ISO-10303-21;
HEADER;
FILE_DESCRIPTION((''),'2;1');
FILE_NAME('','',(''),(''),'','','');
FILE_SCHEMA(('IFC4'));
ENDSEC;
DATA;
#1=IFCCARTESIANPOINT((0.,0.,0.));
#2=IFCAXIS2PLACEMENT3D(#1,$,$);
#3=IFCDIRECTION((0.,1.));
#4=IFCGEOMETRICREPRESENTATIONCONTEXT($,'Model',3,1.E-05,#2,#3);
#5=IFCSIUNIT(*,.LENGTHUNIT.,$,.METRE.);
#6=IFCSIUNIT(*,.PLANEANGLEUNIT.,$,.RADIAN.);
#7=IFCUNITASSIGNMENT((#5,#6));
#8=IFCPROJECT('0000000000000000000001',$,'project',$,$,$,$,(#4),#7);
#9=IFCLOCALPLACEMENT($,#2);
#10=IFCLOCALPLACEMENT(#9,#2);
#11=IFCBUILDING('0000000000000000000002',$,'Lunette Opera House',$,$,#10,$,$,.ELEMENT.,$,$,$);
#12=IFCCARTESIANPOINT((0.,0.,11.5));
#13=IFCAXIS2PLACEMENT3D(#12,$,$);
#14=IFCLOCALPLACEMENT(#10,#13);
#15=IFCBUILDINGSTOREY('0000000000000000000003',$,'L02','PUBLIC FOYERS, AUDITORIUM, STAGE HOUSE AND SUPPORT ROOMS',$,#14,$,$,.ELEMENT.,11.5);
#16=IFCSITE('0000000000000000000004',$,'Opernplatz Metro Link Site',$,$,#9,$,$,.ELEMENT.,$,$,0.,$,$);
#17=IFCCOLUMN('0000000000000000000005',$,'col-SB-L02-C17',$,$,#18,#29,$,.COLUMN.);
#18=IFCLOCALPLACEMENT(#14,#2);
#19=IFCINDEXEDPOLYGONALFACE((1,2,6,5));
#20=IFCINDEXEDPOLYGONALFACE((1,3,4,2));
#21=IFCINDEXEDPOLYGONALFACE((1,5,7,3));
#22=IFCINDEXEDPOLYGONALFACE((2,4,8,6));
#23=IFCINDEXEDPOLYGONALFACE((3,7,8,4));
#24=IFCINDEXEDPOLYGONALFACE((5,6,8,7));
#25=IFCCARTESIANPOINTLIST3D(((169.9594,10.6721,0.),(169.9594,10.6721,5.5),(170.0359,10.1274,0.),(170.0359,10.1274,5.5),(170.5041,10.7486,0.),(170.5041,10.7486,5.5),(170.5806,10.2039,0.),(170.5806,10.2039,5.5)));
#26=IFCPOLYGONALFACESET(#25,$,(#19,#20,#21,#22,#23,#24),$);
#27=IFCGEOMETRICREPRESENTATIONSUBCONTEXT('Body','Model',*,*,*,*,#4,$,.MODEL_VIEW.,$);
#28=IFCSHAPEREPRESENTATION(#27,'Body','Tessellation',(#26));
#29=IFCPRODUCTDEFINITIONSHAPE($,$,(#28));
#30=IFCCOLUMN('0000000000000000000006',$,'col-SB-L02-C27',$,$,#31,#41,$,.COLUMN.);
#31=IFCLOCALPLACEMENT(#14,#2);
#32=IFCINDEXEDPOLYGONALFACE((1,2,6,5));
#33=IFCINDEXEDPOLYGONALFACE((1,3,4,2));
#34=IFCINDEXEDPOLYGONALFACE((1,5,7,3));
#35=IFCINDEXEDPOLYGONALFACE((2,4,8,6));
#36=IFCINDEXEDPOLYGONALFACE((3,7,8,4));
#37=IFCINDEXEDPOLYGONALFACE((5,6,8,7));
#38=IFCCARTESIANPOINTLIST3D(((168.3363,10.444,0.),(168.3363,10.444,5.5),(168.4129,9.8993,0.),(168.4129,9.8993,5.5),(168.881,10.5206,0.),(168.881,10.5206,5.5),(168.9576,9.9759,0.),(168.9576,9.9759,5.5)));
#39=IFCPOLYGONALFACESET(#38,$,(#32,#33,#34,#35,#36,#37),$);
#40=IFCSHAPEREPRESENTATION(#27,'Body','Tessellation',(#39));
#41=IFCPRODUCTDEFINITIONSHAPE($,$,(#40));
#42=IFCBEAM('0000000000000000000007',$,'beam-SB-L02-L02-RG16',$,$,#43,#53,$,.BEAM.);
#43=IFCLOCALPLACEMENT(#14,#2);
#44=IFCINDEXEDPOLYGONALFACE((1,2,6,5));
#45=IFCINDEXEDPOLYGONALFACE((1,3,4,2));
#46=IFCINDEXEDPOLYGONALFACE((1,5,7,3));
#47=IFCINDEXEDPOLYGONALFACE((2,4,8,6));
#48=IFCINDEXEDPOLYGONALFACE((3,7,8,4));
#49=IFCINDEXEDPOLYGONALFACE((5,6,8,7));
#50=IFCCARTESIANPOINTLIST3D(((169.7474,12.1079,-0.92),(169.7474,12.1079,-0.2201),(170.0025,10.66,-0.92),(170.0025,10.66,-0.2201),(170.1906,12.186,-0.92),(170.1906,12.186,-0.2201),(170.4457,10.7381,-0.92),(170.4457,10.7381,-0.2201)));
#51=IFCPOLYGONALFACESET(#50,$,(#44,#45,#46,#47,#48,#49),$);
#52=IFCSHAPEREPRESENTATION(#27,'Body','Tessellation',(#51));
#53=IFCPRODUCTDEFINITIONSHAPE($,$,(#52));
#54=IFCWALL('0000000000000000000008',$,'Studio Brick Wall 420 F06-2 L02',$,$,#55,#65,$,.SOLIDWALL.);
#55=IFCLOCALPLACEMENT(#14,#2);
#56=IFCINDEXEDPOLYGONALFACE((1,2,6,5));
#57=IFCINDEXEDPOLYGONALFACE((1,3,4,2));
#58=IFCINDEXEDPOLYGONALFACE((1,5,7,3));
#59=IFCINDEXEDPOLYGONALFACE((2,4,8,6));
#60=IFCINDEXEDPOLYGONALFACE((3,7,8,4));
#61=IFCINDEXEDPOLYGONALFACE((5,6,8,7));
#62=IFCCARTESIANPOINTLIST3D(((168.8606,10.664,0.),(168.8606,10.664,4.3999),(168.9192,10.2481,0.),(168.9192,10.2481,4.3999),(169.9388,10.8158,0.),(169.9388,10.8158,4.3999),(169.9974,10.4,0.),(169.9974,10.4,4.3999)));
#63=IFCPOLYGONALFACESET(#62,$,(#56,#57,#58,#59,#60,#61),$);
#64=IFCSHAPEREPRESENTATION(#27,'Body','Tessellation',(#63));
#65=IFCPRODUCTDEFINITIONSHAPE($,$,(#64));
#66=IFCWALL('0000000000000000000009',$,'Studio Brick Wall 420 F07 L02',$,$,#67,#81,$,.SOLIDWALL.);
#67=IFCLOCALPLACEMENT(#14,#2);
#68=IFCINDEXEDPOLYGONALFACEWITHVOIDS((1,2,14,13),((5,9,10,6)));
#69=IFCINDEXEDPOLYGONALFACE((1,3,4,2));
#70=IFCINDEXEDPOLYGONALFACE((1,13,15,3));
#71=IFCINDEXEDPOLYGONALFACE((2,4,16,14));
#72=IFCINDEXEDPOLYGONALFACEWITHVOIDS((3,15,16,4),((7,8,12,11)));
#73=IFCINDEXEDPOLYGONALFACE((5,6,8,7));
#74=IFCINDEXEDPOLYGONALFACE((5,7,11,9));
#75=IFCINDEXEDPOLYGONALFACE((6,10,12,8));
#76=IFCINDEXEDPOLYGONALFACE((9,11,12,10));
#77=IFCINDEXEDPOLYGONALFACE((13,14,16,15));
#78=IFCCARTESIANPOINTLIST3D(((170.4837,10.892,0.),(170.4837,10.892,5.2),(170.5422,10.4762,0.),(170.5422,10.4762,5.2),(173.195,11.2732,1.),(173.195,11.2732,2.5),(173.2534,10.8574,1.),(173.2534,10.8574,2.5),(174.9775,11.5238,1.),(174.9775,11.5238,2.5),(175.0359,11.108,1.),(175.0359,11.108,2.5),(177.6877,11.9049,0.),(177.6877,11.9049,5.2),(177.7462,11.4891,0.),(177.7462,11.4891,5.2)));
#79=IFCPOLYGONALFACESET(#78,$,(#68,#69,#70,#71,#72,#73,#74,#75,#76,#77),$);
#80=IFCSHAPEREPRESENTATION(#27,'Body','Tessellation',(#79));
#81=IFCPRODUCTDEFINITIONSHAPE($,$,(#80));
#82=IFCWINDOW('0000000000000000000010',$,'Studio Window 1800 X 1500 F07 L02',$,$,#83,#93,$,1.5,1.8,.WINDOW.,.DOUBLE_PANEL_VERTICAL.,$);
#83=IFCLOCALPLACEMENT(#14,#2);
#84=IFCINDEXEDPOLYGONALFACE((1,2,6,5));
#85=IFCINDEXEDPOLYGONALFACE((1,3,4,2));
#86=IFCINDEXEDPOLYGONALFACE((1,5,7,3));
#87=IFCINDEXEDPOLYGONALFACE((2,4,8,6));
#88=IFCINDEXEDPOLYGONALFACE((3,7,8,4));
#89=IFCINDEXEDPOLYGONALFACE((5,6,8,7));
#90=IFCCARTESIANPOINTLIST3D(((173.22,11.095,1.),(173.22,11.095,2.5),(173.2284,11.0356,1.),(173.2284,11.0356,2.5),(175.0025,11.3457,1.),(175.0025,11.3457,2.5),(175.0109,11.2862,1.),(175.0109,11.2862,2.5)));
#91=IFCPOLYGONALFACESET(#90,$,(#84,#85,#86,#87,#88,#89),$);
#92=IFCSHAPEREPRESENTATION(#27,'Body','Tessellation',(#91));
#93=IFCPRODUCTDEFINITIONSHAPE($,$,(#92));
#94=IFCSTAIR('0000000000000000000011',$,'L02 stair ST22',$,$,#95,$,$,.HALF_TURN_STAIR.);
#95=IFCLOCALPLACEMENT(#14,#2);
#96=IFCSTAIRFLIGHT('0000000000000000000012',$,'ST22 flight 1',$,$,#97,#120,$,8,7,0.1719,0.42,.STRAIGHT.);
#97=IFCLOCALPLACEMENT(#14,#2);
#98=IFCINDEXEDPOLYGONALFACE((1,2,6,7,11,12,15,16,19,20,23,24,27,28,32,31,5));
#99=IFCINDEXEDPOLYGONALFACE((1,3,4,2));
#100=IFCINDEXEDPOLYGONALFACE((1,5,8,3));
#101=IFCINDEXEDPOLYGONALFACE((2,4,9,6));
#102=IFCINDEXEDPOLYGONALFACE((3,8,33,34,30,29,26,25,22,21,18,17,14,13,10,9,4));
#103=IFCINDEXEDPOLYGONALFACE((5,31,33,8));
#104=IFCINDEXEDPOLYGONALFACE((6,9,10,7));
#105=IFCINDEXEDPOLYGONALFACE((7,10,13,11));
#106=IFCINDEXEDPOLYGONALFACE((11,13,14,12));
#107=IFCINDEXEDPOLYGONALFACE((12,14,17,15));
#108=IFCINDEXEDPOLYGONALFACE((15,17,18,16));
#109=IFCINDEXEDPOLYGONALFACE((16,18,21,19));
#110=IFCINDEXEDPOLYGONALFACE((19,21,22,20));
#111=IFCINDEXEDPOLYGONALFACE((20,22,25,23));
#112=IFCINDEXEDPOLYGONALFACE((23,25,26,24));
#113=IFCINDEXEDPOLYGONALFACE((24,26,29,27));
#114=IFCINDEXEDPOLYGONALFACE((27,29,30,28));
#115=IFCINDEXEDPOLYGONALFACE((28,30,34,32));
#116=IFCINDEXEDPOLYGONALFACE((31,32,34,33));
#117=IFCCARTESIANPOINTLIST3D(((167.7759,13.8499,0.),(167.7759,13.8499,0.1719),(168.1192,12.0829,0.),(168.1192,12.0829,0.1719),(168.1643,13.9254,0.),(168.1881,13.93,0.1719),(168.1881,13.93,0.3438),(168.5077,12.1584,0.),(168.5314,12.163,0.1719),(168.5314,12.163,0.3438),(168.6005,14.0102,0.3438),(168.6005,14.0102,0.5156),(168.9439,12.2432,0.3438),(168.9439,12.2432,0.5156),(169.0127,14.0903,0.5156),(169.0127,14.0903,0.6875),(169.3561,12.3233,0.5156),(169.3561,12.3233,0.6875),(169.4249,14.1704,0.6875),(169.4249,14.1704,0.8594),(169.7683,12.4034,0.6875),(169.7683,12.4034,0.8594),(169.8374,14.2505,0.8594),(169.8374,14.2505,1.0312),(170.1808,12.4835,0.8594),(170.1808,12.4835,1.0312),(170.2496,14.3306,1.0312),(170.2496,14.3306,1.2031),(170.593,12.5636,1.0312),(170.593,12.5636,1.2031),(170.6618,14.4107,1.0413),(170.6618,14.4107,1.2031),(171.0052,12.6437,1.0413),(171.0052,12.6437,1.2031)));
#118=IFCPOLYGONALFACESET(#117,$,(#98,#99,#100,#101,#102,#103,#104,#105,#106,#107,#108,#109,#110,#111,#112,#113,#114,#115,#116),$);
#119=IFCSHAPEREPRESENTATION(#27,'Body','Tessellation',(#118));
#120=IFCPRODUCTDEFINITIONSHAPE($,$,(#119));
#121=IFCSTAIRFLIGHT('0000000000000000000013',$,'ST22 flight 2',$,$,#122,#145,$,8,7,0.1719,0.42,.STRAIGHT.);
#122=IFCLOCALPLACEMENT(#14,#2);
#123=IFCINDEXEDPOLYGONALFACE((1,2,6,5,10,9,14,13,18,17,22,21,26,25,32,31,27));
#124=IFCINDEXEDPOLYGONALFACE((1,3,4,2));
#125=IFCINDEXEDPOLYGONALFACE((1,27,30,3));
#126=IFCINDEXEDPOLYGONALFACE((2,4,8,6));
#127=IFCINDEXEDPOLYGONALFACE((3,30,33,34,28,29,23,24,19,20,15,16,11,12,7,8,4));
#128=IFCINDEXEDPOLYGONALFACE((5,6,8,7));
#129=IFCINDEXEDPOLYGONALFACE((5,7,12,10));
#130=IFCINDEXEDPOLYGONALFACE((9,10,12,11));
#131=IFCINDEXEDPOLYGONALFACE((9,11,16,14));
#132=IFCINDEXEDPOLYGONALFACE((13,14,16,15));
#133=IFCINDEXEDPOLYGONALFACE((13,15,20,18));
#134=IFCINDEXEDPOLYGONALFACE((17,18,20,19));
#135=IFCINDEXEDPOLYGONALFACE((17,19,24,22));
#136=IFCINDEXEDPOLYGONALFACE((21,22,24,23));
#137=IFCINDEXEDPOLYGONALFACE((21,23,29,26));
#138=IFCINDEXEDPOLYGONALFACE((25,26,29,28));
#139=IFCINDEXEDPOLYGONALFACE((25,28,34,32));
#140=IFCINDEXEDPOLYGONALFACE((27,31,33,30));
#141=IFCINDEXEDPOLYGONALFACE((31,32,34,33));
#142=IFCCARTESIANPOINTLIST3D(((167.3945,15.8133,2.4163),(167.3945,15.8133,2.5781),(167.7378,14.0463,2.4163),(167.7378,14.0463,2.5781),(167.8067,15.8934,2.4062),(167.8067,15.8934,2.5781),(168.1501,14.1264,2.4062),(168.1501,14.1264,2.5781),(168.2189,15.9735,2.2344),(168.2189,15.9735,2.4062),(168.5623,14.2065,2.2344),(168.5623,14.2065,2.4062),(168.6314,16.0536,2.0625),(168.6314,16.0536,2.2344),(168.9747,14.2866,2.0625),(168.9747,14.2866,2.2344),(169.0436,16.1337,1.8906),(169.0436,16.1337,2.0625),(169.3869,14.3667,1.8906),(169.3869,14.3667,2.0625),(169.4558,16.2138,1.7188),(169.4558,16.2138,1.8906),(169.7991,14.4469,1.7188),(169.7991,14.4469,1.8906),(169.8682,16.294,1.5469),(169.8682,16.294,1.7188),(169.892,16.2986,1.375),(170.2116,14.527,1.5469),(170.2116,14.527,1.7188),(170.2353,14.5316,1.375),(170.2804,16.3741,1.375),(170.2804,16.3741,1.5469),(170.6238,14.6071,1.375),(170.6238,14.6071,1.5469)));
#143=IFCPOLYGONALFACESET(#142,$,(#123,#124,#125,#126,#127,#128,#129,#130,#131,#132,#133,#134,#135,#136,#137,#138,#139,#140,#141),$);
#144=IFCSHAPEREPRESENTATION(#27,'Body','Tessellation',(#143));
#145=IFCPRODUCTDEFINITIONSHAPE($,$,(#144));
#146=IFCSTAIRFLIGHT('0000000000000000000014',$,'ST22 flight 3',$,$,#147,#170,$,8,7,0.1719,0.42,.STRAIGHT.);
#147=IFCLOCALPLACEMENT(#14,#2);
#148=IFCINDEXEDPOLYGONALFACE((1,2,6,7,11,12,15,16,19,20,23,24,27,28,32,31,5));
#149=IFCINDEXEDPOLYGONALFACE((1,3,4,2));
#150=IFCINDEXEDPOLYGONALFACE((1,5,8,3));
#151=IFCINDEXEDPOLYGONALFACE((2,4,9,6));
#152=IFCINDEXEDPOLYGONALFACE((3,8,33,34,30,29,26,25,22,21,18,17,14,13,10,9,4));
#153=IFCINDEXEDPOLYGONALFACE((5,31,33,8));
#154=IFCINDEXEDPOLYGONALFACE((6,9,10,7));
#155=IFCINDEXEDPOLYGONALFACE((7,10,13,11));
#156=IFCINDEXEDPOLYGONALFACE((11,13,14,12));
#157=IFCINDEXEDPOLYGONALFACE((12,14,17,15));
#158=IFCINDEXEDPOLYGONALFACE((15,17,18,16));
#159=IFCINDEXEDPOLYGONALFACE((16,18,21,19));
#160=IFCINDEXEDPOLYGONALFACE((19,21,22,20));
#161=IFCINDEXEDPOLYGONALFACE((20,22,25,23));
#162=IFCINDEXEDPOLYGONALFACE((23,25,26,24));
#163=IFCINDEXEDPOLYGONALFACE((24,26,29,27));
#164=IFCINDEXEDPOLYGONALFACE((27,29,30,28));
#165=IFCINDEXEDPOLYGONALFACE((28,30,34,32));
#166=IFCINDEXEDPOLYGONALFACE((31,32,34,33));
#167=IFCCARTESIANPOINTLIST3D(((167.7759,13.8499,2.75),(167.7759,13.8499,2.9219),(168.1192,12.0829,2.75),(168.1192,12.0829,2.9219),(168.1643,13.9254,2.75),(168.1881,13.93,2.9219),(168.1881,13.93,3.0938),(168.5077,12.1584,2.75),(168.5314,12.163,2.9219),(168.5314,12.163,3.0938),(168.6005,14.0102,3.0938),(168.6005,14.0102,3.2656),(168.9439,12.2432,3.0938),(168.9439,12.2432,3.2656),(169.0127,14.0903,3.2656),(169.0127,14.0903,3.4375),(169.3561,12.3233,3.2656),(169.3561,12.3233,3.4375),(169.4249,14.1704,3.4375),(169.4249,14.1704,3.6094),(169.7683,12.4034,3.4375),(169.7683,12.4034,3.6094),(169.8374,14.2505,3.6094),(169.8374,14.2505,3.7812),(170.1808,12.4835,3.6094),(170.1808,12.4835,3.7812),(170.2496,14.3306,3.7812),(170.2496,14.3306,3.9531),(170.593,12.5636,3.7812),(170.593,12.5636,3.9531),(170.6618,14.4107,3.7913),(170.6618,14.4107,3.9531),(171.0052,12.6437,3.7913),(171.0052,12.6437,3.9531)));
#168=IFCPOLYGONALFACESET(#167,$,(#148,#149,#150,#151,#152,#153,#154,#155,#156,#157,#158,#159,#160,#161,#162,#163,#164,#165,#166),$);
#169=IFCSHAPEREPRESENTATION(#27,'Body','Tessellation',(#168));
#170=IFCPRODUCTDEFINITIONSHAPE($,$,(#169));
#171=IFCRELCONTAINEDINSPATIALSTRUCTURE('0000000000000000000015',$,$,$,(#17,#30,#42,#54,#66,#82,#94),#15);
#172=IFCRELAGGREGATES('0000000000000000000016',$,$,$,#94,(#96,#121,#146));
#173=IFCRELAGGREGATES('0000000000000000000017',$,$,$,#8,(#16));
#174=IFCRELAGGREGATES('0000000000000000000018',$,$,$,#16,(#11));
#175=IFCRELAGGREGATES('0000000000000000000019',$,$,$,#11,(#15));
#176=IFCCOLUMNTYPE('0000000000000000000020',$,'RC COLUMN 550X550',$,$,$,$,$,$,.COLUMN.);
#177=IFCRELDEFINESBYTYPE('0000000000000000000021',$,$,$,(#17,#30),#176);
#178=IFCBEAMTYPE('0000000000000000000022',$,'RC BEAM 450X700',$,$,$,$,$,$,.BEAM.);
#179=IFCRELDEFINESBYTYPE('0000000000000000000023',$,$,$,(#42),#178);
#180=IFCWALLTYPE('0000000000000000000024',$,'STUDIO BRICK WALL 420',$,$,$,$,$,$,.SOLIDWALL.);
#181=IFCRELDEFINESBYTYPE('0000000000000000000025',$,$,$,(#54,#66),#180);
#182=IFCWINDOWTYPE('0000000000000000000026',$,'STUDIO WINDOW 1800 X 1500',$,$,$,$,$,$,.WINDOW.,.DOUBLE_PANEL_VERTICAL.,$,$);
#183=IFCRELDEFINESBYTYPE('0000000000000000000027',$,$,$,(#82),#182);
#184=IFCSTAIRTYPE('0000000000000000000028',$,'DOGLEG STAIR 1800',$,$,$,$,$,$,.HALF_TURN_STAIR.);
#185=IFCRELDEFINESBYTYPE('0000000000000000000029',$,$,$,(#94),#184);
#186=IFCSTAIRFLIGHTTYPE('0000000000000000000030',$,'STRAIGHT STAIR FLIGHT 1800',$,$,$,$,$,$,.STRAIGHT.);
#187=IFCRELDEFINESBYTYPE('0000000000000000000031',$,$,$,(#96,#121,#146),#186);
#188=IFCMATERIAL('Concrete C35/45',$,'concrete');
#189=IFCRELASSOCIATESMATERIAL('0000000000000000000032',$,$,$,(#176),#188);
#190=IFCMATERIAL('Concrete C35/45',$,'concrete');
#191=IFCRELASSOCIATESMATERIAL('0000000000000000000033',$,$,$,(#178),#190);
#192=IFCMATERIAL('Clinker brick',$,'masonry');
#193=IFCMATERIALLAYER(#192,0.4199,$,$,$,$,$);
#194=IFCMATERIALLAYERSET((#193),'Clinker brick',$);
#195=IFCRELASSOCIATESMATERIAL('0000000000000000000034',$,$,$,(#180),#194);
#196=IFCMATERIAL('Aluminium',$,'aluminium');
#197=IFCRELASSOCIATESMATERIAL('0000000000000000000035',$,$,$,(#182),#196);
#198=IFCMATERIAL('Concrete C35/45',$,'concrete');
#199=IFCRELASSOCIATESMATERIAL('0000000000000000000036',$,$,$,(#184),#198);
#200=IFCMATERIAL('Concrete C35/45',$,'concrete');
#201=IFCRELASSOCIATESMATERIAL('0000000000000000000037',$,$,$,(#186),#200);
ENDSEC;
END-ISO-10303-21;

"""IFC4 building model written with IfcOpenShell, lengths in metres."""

from ifc_helpers import new_model, si_unit, direction, frame, frame_2d, origin, origin_2d, place, context, subcontext, project, spatial, polyline, rectangle, outline, extrude, material, layer, layer_set, material_profile, profile_set, type_object, element, fill, aggregate, save


model = new_model("IFC4")

# Units and contexts
model_context = context("Model", 3, precision=1e-05, world=origin(), true_north=direction((0.0, 1.0)))
body_context = subcontext(model_context, "Body", "Model", "MODEL_VIEW")
ifc_project = project(units=[si_unit("LENGTHUNIT", "METRE"), si_unit("PLANEANGLEUNIT", "RADIAN")], contexts=[model_context])

# Site, building, storey
site_placement = place(None, origin())
site = spatial("IfcSite", under=ifc_project, at=site_placement, Name="Opernplatz Metro Link Site", CompositionType="ELEMENT", RefElevation=0.0)
building_placement = place(site_placement, origin())
building = spatial("IfcBuilding", under=site, at=building_placement, Name="Lunette Opera House", CompositionType="ELEMENT")
storey_placement = place(building_placement, frame((0.0, 0.0, 11.5)))
storey = spatial("IfcBuildingStorey", under=building, at=storey_placement, Name="L02", Description="PUBLIC FOYERS, AUDITORIUM, STAGE HOUSE AND SUPPORT ROOMS", CompositionType="ELEMENT", Elevation=11.5)

# Columns
ifc_material_1 = material(Name="Concrete C35/45", Category="concrete")
ifc_material_profile_1 = material_profile(ifc_material_1, rectangle(XDim=0.55, YDim=0.55, at=origin_2d()), Name="RC COLUMN 550X550")
ifc_profile_set_1 = profile_set([ifc_material_profile_1], Name="Concrete C35/45")
column_type = type_object("IfcColumnType", Name="RC COLUMN 550X550", PredefinedType="COLUMN", material=ifc_profile_set_1)
for number, where, z_axis, x_axis, name in (
    (1, (170.27, 10.438, 0.0), (0.0, 0.0, 1.0), (0.139173, -0.990268, 0.0), "col-SB-L02-C17"),
    (2, (168.647, 10.21, 0.0), (0.0, 0.0, 1.0), (0.139173, -0.990268, 0.0), "col-SB-L02-C27"),
):
    element("IfcColumn", number, at=place(storey_placement, frame(where, z_axis=z_axis, x_axis=x_axis)), inside=storey, type_object=column_type, Name=name, PredefinedType="COLUMN", context=body_context, shape_type="SweptSolid", body=[
        extrude(rectangle(XDim=0.55, YDim=0.55, at=origin_2d()), origin(), (0.0, 0.0, 1.0), 5.5),
    ])

# Beam
ifc_material_2 = material(Name="Concrete C35/45", Category="concrete")
ifc_material_profile_2 = material_profile(ifc_material_2, rectangle(XDim=0.45, YDim=0.7, at=origin_2d()), Name="RC BEAM 450X700")
ifc_profile_set_2 = profile_set([ifc_material_profile_2], Name="Concrete C35/45")
beam_type = type_object("IfcBeamType", Name="RC BEAM 450X700", PredefinedType="BEAM", material=ifc_profile_set_2)
beam_placement = place(storey_placement, frame((169.969, 12.147, -0.5701), z_axis=(0.17352, -0.98483, 0.0), x_axis=(0.98483, 0.17352, 0.0)))
element("IfcBeam", 3, at=beam_placement, inside=storey, type_object=beam_type, Name="beam-SB-L02-L02-RG16", PredefinedType="BEAM", context=body_context, shape_type="SweptSolid", body=[
    extrude(rectangle(XDim=0.45, YDim=0.7, at=origin_2d()), origin(), (0.0, 0.0, 1.0), 1.4702),
])

# Wall
ifc_material_3 = material(Name="Clinker brick", Category="masonry")
ifc_layer_1 = layer(ifc_material_3, 0.4199)
ifc_layer_set_1 = layer_set([ifc_layer_1], Name="Clinker brick")
wall_type = type_object("IfcWallType", Name="STUDIO BRICK WALL 420", PredefinedType="SOLIDWALL", material=ifc_layer_set_1)
wall_1_placement = place(storey_placement, frame((168.8899, 10.4561, 0.0), z_axis=(0.0, 0.0, 1.0), x_axis=(0.990226, 0.139475, 0.0)))
element("IfcWall", 4, at=wall_1_placement, inside=storey, type_object=wall_type, Name="Studio Brick Wall 420 F06-2 L02", PredefinedType="SOLIDWALL", context=body_context, shape_type="SweptSolid", body=[
    extrude(rectangle(XDim=1.0889, YDim=0.4199, at=frame_2d((0.5444, 0.0))), origin(), (0.0, 0.0, 1.0), 4.3999),
])

# Wall, opening, window
wall_2_placement = place(storey_placement, frame((170.5129, 10.6841, 0.0), z_axis=(0.0, 0.0, 1.0), x_axis=(0.990259, 0.139236, 0.0)))
wall_2 = element("IfcWall", 5, at=wall_2_placement, inside=storey, type_object=wall_type, Name="Studio Brick Wall 420 F07 L02", PredefinedType="SOLIDWALL", context=body_context, shape_type="SweptSolid", body=[
    extrude(rectangle(XDim=7.2749, YDim=0.4199, at=frame_2d((3.6375, 0.0))), origin(), (0.0, 0.0, 1.0), 5.2),
])
opening_placement = place(wall_2_placement, frame((2.738, 0.0, 1.0)))
opening = element("IfcOpeningElement", 6, at=opening_placement, cuts=wall_2, PredefinedType="OPENING", context=body_context, shape_type="SweptSolid", body=[
    extrude(rectangle(XDim=1.8, YDim=1.5, at=frame_2d((0.8999, 0.75))), frame((0.0, 0.2219, 0.0), z_axis=(0.0, -1.0, 0.0), x_axis=(1.0, 0.0, 0.0)), (0.0, 0.0, 1.0), 0.4438),
])
ifc_material_4 = material(Name="Aluminium", Category="aluminium")
window_type = type_object("IfcWindowType", Name="STUDIO WINDOW 1800 X 1500", PartitioningType="DOUBLE_PANEL_VERTICAL", PredefinedType="WINDOW", material=ifc_material_4)
window_placement = place(opening_placement, origin())
window = element("IfcWindow", 7, at=window_placement, inside=storey, type_object=window_type, Name="Studio Window 1800 X 1500 F07 L02", OverallHeight=1.5, OverallWidth=1.8, PartitioningType="DOUBLE_PANEL_VERTICAL", PredefinedType="WINDOW", context=body_context, shape_type="SweptSolid", body=[
    extrude(rectangle(XDim=1.8, YDim=1.5, at=frame_2d((0.8999, 0.75))), frame((0.0, 0.03, 0.0), z_axis=(0.0, -1.0, 0.0), x_axis=(1.0, 0.0, 0.0)), (0.0, 0.0, 1.0), 0.0601),
])
fill(opening, window)

# Stair, stair flights
ifc_material_5 = material(Name="Concrete C35/45", Category="concrete")
stair_type = type_object("IfcStairType", Name="DOGLEG STAIR 1800", PredefinedType="HALF_TURN_STAIR", material=ifc_material_5)
stair_placement = place(storey_placement, origin())
stair = element("IfcStair", 8, at=stair_placement, inside=storey, type_object=stair_type, Name="L02 stair ST22", PredefinedType="HALF_TURN_STAIR")
ifc_material_6 = material(Name="Concrete C35/45", Category="concrete")
stair_flight_type = type_object("IfcStairFlightType", Name="STRAIGHT STAIR FLIGHT 1800", PredefinedType="STRAIGHT", material=ifc_material_6)
stair_flight_1_placement = place(storey_placement, frame((167.9475, 12.9666, 0.0), z_axis=(0.0, 0.0, 1.0), x_axis=(0.981638, 0.190753, 0.0)))
stair_flight_1 = element("IfcStairFlight", 9, at=stair_flight_1_placement, type_object=stair_flight_type, Name="ST22 flight 1", NumberOfRisers=8, NumberOfTreads=7, PredefinedType="STRAIGHT", RiserHeight=0.1719, TreadLength=0.42, context=body_context, shape_type="SweptSolid", body=[
    extrude(outline(polyline([(0.0, 0.0), (0.0, 0.1719), (0.4199, 0.1719), (0.4199, 0.3438), (0.8401, 0.3438), (0.8401, 0.5156), (1.26, 0.5156), (1.26, 0.6875), (1.6799, 0.6875), (1.6799, 0.8594), (2.1001, 0.8594), (2.1001, 1.0312), (2.52, 1.0312), (2.52, 1.2031), (2.9399, 1.2031), (2.9399, 1.375), (2.9399, 1.0413), (0.3958, 0.0), (0.0, 0.0)])), frame((0.0, 0.8999, 0.0), z_axis=(0.0, -1.0, 0.0), x_axis=(1.0, 0.0, 0.0)), (0.0, 0.0, 1.0), 1.8),
])
stair_flight_2_placement = place(storey_placement, frame((170.4521, 15.4905, 1.375), z_axis=(0.0, 0.0, 1.0), x_axis=(-0.981638, -0.190753, 0.0)))
stair_flight_2 = element("IfcStairFlight", 10, at=stair_flight_2_placement, type_object=stair_flight_type, Name="ST22 flight 2", NumberOfRisers=8, NumberOfTreads=7, PredefinedType="STRAIGHT", RiserHeight=0.1719, TreadLength=0.42, context=body_context, shape_type="SweptSolid", body=[
    extrude(outline(polyline([(0.0, 0.0), (0.0, 0.1719), (0.4199, 0.1719), (0.4199, 0.3438), (0.8401, 0.3438), (0.8401, 0.5156), (1.26, 0.5156), (1.26, 0.6875), (1.6799, 0.6875), (1.6799, 0.8594), (2.1001, 0.8594), (2.1001, 1.0312), (2.52, 1.0312), (2.52, 1.2031), (2.9399, 1.2031), (2.9399, 1.375), (2.9399, 1.0413), (0.3958, 0.0), (0.0, 0.0)])), frame((0.0, 0.8999, 0.0), z_axis=(0.0, -1.0, 0.0), x_axis=(1.0, 0.0, 0.0)), (0.0, 0.0, 1.0), 1.8),
])
stair_flight_3_placement = place(storey_placement, frame((167.9475, 12.9666, 2.75), z_axis=(0.0, 0.0, 1.0), x_axis=(0.981638, 0.190753, 0.0)))
stair_flight_3 = element("IfcStairFlight", 11, at=stair_flight_3_placement, type_object=stair_flight_type, Name="ST22 flight 3", NumberOfRisers=8, NumberOfTreads=7, PredefinedType="STRAIGHT", RiserHeight=0.1719, TreadLength=0.42, context=body_context, shape_type="SweptSolid", body=[
    extrude(outline(polyline([(0.0, 0.0), (0.0, 0.1719), (0.4199, 0.1719), (0.4199, 0.3438), (0.8401, 0.3438), (0.8401, 0.5156), (1.26, 0.5156), (1.26, 0.6875), (1.6799, 0.6875), (1.6799, 0.8594), (2.1001, 0.8594), (2.1001, 1.0312), (2.52, 1.0312), (2.52, 1.2031), (2.9399, 1.2031), (2.9399, 1.375), (2.9399, 1.0413), (0.3958, 0.0), (0.0, 0.0)])), frame((0.0, 0.8999, 0.0), z_axis=(0.0, -1.0, 0.0), x_axis=(1.0, 0.0, 0.0)), (0.0, 0.0, 1.0), 1.8),
])
aggregate(stair, [stair_flight_1, stair_flight_2, stair_flight_3])

save(model, "model.ifc")
